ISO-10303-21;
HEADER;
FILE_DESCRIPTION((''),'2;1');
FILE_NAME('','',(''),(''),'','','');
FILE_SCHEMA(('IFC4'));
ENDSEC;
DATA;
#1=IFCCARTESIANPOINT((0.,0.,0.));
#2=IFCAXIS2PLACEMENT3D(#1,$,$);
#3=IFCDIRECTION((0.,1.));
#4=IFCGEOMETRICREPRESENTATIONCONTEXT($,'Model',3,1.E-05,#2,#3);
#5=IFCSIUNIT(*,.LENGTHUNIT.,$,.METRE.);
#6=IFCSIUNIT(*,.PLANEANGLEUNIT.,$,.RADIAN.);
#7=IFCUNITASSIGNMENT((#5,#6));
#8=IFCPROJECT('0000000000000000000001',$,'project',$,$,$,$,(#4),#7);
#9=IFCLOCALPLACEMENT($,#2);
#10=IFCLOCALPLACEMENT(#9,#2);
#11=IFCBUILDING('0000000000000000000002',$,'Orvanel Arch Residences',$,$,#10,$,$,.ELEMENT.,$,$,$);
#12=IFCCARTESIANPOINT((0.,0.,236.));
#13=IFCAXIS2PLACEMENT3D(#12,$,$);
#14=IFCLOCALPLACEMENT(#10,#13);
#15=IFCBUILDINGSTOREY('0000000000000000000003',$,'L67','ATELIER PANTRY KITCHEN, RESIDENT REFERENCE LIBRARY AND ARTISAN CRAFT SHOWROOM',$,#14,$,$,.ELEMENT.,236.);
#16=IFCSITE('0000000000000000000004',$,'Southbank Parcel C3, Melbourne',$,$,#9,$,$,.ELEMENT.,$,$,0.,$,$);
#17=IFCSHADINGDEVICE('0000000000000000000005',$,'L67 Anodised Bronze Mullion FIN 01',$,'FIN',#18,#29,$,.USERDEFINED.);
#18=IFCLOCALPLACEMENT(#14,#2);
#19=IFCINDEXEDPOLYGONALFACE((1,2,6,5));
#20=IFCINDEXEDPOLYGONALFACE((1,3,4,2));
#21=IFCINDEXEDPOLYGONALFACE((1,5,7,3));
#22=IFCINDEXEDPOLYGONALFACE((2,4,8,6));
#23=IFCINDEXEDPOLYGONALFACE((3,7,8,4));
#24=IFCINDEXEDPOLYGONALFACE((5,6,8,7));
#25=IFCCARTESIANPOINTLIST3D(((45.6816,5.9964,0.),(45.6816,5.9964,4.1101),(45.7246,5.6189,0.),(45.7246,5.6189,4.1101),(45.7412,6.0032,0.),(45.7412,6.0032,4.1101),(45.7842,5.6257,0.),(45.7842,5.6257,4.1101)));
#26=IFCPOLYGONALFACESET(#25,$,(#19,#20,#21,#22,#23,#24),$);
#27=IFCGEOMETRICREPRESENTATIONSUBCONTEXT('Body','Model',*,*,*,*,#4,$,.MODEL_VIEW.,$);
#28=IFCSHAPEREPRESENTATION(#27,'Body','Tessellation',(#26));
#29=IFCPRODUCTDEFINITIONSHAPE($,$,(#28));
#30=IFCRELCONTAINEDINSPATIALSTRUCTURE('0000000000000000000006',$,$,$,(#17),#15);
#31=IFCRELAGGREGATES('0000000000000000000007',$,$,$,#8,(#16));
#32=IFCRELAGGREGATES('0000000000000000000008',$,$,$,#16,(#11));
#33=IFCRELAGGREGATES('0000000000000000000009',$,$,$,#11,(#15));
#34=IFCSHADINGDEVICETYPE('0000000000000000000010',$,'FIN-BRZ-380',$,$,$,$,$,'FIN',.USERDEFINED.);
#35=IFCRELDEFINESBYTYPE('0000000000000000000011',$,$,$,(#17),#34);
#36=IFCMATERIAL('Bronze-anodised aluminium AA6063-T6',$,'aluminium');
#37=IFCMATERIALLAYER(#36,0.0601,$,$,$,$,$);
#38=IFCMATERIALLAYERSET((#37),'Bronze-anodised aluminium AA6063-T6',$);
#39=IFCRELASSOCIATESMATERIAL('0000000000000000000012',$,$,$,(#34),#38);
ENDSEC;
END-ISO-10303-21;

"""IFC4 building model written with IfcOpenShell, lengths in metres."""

from ifc_helpers import new_model, si_unit, direction, frame, origin, origin_2d, place, context, subcontext, project, spatial, rectangle, extrude, material, layer, layer_set, type_object, element, save


model = new_model("IFC4")

# Units and contexts
model_context = context("Model", 3, precision=1e-05, world=origin(), true_north=direction((0.0, 1.0)))
body_context = subcontext(model_context, "Body", "Model", "MODEL_VIEW")
ifc_project = project(units=[si_unit("LENGTHUNIT", "METRE"), si_unit("PLANEANGLEUNIT", "RADIAN")], contexts=[model_context])

# Site, building, storey
site_placement = place(None, origin())
site = spatial("IfcSite", under=ifc_project, at=site_placement, Name="Southbank Parcel C3, Melbourne", CompositionType="ELEMENT", RefElevation=0.0)
building_placement = place(site_placement, origin())
building = spatial("IfcBuilding", under=site, at=building_placement, Name="Orvanel Arch Residences", CompositionType="ELEMENT")
storey_placement = place(building_placement, frame((0.0, 0.0, 236.0)))
storey = spatial("IfcBuildingStorey", under=building, at=storey_placement, Name="L67", Description="ATELIER PANTRY KITCHEN, RESIDENT REFERENCE LIBRARY AND ARTISAN CRAFT SHOWROOM", CompositionType="ELEMENT", Elevation=236.0)

# Shared definitions
ifc_material_1 = material(Name="Bronze-anodised aluminium AA6063-T6", Category="aluminium")

# Shading device
ifc_layer_1 = layer(ifc_material_1, 0.0601)
ifc_layer_set_1 = layer_set([ifc_layer_1], Name="Bronze-anodised aluminium AA6063-T6")
shading_device_type = type_object("IfcShadingDeviceType", Name="FIN-BRZ-380", ElementType="FIN", PredefinedType="USERDEFINED", material=ifc_layer_set_1)
shading_device_placement = place(storey_placement, frame((45.7329, 5.811, 0.0), z_axis=(0.0, 0.0, 1.0), x_axis=(0.113203, -0.993572, 0.0)))
element("IfcShadingDevice", 1, at=shading_device_placement, inside=storey, type_object=shading_device_type, Name="L67 Anodised Bronze Mullion FIN 01", ObjectType="FIN", PredefinedType="USERDEFINED", context=body_context, shape_type="SweptSolid", body=[
    extrude(rectangle(XDim=0.3799, YDim=0.0601, at=origin_2d()), origin(), (0.0, 0.0, 1.0), 4.1101),
])

save(model, "model.ifc")
